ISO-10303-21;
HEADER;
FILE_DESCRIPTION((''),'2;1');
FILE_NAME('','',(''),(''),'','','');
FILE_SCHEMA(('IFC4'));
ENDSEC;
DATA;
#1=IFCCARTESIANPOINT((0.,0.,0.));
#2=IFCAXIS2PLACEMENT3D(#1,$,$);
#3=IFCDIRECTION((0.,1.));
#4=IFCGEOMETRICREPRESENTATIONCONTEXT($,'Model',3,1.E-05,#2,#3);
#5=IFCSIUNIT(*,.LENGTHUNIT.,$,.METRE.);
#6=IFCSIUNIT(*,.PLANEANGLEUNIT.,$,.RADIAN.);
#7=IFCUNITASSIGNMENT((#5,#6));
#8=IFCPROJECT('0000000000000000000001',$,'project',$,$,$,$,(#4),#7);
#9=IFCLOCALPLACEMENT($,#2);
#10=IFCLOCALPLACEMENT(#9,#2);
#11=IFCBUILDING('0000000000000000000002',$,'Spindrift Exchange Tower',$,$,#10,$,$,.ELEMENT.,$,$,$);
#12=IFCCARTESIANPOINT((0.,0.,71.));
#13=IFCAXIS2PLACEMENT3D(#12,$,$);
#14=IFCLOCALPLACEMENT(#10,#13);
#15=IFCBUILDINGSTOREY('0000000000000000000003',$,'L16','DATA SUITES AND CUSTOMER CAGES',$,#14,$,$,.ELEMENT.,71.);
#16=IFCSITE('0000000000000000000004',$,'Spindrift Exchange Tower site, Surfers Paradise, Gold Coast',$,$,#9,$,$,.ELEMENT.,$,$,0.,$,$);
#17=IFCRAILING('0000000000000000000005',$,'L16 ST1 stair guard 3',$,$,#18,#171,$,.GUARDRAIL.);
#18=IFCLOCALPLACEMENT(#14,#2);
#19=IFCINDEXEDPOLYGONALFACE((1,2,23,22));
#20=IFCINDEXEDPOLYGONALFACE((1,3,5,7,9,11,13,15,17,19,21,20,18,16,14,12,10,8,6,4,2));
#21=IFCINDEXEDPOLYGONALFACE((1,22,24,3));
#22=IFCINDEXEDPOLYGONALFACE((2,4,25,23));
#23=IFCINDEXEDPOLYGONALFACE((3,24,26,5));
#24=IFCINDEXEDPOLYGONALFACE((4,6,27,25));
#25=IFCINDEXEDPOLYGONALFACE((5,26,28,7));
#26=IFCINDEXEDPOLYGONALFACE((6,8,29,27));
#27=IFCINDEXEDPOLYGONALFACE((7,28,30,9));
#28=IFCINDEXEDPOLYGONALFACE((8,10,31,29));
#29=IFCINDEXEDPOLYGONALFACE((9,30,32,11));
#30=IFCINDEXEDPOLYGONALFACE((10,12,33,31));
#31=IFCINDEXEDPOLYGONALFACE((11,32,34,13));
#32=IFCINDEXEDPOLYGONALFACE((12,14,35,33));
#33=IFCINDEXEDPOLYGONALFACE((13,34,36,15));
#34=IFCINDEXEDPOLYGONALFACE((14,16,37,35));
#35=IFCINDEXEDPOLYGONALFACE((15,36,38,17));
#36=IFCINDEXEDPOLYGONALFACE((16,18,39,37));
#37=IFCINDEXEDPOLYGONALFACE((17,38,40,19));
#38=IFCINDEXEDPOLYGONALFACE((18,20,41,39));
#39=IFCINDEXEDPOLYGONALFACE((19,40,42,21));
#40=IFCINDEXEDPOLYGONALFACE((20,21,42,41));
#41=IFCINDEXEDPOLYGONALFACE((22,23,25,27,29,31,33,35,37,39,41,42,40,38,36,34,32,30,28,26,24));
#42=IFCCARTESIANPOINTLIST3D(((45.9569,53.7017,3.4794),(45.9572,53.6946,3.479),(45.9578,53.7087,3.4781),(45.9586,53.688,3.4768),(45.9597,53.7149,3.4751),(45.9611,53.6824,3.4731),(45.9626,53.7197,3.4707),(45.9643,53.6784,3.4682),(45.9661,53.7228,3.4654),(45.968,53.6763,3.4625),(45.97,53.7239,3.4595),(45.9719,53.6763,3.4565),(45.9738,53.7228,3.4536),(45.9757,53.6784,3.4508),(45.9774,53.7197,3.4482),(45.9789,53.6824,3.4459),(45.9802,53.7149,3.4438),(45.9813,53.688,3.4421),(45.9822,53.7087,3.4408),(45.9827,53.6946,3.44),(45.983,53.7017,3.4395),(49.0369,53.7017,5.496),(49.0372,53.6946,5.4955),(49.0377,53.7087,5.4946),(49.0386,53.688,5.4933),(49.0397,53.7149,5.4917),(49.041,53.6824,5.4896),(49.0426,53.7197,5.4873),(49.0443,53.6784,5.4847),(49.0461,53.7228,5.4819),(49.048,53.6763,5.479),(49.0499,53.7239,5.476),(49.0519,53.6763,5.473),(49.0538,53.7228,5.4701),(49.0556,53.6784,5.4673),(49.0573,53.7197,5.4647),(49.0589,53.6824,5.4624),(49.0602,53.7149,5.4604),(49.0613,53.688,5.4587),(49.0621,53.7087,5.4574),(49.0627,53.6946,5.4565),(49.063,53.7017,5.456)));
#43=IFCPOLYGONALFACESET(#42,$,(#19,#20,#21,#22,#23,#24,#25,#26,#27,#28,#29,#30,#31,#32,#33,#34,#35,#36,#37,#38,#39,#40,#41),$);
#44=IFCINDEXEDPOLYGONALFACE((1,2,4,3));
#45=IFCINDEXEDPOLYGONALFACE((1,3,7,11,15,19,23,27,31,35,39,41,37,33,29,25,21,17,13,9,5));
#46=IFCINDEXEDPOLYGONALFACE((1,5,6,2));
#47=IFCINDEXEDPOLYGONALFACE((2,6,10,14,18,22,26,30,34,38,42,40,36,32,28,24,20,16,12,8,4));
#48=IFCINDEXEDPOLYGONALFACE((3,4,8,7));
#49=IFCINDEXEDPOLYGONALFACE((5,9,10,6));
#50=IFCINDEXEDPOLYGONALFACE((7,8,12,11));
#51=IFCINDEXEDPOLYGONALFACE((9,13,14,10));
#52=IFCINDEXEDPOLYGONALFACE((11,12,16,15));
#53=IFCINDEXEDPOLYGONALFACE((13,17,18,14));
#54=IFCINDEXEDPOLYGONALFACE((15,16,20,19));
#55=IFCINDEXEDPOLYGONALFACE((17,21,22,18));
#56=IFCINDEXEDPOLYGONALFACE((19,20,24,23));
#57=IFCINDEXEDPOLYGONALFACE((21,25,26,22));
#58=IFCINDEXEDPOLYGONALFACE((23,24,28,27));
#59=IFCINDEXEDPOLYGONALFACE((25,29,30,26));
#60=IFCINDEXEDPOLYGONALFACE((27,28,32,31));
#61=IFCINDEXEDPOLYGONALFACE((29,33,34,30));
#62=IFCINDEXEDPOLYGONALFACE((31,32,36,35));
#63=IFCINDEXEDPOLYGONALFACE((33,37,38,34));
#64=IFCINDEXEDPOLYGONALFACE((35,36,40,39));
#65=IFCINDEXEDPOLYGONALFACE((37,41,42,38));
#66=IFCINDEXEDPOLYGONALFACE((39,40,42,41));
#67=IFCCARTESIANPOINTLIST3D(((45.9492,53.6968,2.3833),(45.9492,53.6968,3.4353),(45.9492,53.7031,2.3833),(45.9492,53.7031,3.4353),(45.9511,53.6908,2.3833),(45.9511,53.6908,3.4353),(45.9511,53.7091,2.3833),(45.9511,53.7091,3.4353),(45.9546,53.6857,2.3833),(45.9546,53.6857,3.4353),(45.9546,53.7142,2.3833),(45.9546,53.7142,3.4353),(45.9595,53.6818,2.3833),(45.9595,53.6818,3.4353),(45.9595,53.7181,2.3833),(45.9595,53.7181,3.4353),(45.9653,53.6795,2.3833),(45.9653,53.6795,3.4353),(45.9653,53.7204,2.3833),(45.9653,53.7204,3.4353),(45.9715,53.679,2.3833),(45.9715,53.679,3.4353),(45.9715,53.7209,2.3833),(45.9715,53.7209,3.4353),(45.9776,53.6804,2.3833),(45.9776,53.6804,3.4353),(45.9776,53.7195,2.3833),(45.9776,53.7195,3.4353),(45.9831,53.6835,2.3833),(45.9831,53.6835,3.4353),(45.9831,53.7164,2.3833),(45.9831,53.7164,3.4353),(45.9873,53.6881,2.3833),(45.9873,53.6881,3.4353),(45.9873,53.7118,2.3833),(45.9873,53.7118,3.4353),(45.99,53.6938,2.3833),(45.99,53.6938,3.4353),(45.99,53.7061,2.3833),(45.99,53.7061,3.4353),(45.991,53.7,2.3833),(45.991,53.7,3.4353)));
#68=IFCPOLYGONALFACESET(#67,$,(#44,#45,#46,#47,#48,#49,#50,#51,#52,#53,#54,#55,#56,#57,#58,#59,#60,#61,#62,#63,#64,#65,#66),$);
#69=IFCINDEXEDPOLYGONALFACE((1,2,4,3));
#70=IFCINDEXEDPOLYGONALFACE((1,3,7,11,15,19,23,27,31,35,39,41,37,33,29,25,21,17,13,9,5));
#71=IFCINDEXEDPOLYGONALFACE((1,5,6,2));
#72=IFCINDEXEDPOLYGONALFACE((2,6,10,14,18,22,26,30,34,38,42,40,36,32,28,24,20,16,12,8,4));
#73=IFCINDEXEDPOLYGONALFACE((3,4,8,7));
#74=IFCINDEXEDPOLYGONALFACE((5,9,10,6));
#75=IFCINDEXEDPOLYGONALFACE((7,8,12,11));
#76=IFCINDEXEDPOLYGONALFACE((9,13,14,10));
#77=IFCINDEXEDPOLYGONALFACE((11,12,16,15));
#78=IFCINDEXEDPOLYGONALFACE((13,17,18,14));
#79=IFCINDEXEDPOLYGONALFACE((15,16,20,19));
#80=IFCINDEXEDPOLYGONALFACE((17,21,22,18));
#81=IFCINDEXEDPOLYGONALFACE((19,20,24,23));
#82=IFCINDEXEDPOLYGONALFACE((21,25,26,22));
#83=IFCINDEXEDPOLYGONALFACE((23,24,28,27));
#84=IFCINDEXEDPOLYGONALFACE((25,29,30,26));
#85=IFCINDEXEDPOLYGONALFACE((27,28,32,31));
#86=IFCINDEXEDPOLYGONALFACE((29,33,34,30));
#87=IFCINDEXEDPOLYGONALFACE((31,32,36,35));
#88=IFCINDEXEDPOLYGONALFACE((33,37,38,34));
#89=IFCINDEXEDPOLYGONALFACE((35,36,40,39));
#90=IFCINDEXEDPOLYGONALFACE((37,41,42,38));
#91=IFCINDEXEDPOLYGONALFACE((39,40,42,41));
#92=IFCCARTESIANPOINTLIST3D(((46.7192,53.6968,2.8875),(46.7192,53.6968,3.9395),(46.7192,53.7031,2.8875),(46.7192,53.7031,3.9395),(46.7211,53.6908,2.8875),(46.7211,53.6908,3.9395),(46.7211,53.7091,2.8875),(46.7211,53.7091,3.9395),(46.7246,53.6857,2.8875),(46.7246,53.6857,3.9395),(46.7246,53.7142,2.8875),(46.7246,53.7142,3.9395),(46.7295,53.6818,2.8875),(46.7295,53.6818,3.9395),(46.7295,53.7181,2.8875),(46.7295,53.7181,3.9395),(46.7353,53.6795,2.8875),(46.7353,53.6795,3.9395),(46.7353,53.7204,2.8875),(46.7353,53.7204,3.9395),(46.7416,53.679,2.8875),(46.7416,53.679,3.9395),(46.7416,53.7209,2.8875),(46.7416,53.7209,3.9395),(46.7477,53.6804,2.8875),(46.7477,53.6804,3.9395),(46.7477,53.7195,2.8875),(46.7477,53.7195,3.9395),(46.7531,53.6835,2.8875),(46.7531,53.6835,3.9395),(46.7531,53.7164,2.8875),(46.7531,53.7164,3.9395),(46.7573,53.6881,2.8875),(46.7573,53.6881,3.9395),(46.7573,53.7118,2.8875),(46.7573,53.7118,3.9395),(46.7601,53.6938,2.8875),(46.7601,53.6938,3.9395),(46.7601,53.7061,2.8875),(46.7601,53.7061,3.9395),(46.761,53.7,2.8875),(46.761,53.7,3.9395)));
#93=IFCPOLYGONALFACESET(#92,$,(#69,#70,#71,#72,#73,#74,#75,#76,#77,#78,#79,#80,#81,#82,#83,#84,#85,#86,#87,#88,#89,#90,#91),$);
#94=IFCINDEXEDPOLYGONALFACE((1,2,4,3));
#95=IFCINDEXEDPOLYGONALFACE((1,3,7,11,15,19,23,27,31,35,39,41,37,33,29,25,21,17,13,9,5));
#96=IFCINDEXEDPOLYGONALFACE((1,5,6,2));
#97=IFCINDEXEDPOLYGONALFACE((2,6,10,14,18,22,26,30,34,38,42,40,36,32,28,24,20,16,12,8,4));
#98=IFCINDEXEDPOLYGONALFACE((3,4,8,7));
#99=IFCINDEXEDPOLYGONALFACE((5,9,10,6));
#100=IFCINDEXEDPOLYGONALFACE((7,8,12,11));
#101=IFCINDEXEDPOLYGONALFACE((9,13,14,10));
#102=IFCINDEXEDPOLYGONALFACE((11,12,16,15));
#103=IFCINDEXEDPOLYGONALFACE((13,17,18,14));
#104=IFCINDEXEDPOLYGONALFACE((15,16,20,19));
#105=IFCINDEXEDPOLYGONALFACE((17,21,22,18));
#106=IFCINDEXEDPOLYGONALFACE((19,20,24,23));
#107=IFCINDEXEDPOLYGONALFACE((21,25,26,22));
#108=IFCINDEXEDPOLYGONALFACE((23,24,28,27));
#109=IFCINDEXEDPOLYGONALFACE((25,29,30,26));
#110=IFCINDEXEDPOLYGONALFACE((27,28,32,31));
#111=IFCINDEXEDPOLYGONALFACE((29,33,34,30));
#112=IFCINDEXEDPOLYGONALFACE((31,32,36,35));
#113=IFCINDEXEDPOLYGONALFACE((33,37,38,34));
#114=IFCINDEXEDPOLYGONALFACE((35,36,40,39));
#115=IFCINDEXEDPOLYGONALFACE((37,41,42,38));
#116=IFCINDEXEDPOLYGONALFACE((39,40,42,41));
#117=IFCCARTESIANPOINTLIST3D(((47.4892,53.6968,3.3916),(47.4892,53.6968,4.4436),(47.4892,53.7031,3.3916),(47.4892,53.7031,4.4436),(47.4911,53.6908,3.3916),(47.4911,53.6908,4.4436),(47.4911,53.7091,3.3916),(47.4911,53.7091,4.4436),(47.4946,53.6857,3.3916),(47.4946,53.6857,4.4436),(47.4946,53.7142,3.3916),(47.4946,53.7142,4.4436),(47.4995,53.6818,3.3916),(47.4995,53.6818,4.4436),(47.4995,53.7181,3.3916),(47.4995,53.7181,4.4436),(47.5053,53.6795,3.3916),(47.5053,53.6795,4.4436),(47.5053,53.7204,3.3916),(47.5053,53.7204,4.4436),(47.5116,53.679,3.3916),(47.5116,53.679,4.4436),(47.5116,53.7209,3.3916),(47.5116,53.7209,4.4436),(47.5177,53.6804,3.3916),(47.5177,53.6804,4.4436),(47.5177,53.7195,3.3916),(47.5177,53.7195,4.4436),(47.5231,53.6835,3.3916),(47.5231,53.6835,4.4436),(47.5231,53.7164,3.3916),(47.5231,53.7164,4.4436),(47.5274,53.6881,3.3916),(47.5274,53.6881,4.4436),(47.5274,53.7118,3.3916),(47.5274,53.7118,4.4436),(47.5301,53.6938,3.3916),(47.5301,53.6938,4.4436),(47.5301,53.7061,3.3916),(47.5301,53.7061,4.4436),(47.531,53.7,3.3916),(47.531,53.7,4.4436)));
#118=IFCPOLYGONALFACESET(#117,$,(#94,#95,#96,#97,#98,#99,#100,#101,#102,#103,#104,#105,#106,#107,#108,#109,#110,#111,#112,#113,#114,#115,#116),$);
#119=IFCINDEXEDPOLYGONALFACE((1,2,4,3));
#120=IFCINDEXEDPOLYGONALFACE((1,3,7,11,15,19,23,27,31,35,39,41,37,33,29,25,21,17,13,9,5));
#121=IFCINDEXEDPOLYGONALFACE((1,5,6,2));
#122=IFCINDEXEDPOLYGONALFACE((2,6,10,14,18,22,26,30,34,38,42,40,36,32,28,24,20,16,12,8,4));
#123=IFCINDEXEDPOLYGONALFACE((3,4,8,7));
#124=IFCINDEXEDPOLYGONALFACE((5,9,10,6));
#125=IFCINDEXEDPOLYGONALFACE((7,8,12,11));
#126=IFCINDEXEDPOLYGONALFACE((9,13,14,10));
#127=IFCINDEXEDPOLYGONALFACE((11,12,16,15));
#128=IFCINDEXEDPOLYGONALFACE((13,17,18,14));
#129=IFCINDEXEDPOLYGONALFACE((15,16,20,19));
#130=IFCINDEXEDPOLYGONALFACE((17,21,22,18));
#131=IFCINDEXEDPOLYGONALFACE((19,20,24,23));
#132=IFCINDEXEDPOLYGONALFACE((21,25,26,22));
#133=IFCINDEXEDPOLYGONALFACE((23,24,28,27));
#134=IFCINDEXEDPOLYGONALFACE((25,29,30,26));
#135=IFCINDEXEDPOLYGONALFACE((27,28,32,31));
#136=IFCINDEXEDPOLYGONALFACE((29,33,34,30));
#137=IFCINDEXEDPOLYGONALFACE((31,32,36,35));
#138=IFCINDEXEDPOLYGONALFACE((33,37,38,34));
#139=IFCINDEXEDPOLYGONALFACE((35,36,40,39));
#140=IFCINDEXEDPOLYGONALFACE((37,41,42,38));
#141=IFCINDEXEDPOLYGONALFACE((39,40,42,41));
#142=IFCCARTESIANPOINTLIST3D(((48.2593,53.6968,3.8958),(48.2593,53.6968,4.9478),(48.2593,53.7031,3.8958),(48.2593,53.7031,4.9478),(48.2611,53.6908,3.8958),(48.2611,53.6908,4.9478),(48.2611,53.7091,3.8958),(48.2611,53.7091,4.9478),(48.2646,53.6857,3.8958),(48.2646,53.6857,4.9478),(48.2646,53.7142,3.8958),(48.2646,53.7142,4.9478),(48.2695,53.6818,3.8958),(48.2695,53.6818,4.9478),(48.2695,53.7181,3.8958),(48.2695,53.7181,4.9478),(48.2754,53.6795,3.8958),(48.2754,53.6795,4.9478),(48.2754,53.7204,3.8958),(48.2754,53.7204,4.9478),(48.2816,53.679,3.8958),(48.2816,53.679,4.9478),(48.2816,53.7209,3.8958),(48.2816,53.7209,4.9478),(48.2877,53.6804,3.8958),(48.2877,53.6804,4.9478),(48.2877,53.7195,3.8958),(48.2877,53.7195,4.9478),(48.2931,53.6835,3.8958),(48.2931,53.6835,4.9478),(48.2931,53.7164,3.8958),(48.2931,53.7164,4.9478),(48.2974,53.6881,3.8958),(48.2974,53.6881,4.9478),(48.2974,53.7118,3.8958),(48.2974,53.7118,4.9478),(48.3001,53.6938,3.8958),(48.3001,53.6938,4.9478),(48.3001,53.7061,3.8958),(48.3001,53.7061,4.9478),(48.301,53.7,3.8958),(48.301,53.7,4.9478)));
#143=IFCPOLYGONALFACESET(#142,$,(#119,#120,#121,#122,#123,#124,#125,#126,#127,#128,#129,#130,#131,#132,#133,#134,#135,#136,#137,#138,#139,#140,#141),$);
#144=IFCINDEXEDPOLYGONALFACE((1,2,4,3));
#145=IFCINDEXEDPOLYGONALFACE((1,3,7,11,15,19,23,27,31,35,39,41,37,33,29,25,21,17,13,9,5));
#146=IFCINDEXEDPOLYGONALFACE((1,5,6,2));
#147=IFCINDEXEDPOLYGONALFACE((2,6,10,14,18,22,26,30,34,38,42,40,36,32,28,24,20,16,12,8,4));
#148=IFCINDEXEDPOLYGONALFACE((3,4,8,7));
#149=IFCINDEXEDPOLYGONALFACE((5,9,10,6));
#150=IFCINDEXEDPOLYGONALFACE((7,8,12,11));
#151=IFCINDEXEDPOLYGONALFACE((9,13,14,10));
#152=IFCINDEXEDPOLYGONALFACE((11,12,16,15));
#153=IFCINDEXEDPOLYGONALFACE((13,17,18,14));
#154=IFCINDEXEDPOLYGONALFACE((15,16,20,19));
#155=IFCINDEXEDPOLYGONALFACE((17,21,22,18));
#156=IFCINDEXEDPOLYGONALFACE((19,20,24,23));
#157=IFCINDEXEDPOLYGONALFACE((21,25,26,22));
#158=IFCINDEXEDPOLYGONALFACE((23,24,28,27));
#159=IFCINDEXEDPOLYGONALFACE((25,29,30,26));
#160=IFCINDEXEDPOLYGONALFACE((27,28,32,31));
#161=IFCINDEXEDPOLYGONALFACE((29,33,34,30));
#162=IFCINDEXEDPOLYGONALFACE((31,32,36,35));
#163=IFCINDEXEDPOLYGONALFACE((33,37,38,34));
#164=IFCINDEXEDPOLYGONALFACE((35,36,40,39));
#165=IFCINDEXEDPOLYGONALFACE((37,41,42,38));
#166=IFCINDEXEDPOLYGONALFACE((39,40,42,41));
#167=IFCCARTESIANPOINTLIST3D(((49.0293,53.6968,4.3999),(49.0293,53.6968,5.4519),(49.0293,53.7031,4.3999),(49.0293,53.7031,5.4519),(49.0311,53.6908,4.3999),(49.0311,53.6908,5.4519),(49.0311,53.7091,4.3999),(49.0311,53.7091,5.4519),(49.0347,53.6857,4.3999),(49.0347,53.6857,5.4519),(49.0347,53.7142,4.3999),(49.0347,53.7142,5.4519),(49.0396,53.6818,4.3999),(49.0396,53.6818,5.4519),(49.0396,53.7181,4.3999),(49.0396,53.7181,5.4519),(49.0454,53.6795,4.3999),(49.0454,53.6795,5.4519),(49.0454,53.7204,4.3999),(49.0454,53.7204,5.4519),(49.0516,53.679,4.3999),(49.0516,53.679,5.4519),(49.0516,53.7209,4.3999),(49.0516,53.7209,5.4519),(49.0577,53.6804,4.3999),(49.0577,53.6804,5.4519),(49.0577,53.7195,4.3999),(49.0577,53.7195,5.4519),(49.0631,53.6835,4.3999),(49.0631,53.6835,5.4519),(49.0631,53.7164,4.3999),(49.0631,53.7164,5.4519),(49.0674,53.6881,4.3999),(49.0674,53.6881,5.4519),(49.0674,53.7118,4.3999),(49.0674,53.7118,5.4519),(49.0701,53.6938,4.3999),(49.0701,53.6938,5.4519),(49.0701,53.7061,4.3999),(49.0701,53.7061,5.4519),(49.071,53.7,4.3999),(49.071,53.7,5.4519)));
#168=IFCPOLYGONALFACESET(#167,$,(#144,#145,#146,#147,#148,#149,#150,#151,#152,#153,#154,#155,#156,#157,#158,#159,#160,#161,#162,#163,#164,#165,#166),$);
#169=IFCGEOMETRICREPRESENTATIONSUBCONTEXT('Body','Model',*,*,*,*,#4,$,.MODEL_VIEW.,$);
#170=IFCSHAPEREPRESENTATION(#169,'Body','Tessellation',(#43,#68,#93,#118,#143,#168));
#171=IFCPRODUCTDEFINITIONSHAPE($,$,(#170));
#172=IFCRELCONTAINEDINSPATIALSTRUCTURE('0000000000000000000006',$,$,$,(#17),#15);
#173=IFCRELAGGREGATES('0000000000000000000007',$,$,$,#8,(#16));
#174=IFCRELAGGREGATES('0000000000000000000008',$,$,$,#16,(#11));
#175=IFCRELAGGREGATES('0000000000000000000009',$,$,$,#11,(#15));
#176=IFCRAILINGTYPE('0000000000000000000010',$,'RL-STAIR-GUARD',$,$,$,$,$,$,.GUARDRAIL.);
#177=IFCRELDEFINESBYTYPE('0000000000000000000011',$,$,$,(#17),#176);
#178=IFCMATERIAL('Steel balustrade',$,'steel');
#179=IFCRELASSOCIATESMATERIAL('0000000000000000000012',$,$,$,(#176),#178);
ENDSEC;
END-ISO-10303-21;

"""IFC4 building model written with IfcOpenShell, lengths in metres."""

from ifc_helpers import new_model, si_unit, direction, frame, origin, origin_2d, place, context, subcontext, project, spatial, circle, extrude, material, type_object, element, save


model = new_model("IFC4")

# Units and contexts
model_context = context("Model", 3, precision=1e-05, world=origin(), true_north=direction((0.0, 1.0)))
body_context = subcontext(model_context, "Body", "Model", "MODEL_VIEW")
ifc_project = project(units=[si_unit("LENGTHUNIT", "METRE"), si_unit("PLANEANGLEUNIT", "RADIAN")], contexts=[model_context])

# Site, building, storey
site_placement = place(None, origin())
site = spatial("IfcSite", under=ifc_project, at=site_placement, Name="Spindrift Exchange Tower site, Surfers Paradise, Gold Coast", CompositionType="ELEMENT", RefElevation=0.0)
building_placement = place(site_placement, origin())
building = spatial("IfcBuilding", under=site, at=building_placement, Name="Spindrift Exchange Tower", CompositionType="ELEMENT")
storey_placement = place(building_placement, frame((0.0, 0.0, 71.0)))
storey = spatial("IfcBuildingStorey", under=building, at=storey_placement, Name="L16", Description="DATA SUITES AND CUSTOMER CAGES", CompositionType="ELEMENT", Elevation=71.0)

# Railing
ifc_material_1 = material(Name="Steel balustrade", Category="steel")
railing_type_1 = type_object("IfcRailingType", Name="RL-STAIR-GUARD", PredefinedType="GUARDRAIL", material=ifc_material_1)
railing_1_placement = place(storey_placement, frame((45.97, 53.7, 2.3833)))
element("IfcRailing", 1, at=railing_1_placement, inside=storey, type_object=railing_type_1, Name="L16 ST1 stair guard 3", PredefinedType="GUARDRAIL", context=body_context, shape_type="SweptSolid", body=[
    extrude(circle(Radius=0.0239, at=origin_2d()), frame((0.0, 0.0, 1.0762), z_axis=(0.836633, 0.0, 0.547764), x_axis=(0.0, 1.0, 0.0)), (0.0, 0.0, 1.0), 3.6814),
    extrude(circle(Radius=0.021, at=origin_2d()), origin(), (0.0, 0.0, 1.0), 1.052),
    extrude(circle(Radius=0.021, at=origin_2d()), frame((0.77, 0.0, 0.5042)), (0.0, 0.0, 1.0), 1.052),
    extrude(circle(Radius=0.021, at=origin_2d()), frame((1.54, 0.0, 1.0083)), (0.0, 0.0, 1.0), 1.052),
    extrude(circle(Radius=0.021, at=origin_2d()), frame((2.3101, 0.0, 1.5125)), (0.0, 0.0, 1.0), 1.052),
    extrude(circle(Radius=0.021, at=origin_2d()), frame((3.0801, 0.0, 2.0166)), (0.0, 0.0, 1.0), 1.052),
])

save(model, "model.ifc")
